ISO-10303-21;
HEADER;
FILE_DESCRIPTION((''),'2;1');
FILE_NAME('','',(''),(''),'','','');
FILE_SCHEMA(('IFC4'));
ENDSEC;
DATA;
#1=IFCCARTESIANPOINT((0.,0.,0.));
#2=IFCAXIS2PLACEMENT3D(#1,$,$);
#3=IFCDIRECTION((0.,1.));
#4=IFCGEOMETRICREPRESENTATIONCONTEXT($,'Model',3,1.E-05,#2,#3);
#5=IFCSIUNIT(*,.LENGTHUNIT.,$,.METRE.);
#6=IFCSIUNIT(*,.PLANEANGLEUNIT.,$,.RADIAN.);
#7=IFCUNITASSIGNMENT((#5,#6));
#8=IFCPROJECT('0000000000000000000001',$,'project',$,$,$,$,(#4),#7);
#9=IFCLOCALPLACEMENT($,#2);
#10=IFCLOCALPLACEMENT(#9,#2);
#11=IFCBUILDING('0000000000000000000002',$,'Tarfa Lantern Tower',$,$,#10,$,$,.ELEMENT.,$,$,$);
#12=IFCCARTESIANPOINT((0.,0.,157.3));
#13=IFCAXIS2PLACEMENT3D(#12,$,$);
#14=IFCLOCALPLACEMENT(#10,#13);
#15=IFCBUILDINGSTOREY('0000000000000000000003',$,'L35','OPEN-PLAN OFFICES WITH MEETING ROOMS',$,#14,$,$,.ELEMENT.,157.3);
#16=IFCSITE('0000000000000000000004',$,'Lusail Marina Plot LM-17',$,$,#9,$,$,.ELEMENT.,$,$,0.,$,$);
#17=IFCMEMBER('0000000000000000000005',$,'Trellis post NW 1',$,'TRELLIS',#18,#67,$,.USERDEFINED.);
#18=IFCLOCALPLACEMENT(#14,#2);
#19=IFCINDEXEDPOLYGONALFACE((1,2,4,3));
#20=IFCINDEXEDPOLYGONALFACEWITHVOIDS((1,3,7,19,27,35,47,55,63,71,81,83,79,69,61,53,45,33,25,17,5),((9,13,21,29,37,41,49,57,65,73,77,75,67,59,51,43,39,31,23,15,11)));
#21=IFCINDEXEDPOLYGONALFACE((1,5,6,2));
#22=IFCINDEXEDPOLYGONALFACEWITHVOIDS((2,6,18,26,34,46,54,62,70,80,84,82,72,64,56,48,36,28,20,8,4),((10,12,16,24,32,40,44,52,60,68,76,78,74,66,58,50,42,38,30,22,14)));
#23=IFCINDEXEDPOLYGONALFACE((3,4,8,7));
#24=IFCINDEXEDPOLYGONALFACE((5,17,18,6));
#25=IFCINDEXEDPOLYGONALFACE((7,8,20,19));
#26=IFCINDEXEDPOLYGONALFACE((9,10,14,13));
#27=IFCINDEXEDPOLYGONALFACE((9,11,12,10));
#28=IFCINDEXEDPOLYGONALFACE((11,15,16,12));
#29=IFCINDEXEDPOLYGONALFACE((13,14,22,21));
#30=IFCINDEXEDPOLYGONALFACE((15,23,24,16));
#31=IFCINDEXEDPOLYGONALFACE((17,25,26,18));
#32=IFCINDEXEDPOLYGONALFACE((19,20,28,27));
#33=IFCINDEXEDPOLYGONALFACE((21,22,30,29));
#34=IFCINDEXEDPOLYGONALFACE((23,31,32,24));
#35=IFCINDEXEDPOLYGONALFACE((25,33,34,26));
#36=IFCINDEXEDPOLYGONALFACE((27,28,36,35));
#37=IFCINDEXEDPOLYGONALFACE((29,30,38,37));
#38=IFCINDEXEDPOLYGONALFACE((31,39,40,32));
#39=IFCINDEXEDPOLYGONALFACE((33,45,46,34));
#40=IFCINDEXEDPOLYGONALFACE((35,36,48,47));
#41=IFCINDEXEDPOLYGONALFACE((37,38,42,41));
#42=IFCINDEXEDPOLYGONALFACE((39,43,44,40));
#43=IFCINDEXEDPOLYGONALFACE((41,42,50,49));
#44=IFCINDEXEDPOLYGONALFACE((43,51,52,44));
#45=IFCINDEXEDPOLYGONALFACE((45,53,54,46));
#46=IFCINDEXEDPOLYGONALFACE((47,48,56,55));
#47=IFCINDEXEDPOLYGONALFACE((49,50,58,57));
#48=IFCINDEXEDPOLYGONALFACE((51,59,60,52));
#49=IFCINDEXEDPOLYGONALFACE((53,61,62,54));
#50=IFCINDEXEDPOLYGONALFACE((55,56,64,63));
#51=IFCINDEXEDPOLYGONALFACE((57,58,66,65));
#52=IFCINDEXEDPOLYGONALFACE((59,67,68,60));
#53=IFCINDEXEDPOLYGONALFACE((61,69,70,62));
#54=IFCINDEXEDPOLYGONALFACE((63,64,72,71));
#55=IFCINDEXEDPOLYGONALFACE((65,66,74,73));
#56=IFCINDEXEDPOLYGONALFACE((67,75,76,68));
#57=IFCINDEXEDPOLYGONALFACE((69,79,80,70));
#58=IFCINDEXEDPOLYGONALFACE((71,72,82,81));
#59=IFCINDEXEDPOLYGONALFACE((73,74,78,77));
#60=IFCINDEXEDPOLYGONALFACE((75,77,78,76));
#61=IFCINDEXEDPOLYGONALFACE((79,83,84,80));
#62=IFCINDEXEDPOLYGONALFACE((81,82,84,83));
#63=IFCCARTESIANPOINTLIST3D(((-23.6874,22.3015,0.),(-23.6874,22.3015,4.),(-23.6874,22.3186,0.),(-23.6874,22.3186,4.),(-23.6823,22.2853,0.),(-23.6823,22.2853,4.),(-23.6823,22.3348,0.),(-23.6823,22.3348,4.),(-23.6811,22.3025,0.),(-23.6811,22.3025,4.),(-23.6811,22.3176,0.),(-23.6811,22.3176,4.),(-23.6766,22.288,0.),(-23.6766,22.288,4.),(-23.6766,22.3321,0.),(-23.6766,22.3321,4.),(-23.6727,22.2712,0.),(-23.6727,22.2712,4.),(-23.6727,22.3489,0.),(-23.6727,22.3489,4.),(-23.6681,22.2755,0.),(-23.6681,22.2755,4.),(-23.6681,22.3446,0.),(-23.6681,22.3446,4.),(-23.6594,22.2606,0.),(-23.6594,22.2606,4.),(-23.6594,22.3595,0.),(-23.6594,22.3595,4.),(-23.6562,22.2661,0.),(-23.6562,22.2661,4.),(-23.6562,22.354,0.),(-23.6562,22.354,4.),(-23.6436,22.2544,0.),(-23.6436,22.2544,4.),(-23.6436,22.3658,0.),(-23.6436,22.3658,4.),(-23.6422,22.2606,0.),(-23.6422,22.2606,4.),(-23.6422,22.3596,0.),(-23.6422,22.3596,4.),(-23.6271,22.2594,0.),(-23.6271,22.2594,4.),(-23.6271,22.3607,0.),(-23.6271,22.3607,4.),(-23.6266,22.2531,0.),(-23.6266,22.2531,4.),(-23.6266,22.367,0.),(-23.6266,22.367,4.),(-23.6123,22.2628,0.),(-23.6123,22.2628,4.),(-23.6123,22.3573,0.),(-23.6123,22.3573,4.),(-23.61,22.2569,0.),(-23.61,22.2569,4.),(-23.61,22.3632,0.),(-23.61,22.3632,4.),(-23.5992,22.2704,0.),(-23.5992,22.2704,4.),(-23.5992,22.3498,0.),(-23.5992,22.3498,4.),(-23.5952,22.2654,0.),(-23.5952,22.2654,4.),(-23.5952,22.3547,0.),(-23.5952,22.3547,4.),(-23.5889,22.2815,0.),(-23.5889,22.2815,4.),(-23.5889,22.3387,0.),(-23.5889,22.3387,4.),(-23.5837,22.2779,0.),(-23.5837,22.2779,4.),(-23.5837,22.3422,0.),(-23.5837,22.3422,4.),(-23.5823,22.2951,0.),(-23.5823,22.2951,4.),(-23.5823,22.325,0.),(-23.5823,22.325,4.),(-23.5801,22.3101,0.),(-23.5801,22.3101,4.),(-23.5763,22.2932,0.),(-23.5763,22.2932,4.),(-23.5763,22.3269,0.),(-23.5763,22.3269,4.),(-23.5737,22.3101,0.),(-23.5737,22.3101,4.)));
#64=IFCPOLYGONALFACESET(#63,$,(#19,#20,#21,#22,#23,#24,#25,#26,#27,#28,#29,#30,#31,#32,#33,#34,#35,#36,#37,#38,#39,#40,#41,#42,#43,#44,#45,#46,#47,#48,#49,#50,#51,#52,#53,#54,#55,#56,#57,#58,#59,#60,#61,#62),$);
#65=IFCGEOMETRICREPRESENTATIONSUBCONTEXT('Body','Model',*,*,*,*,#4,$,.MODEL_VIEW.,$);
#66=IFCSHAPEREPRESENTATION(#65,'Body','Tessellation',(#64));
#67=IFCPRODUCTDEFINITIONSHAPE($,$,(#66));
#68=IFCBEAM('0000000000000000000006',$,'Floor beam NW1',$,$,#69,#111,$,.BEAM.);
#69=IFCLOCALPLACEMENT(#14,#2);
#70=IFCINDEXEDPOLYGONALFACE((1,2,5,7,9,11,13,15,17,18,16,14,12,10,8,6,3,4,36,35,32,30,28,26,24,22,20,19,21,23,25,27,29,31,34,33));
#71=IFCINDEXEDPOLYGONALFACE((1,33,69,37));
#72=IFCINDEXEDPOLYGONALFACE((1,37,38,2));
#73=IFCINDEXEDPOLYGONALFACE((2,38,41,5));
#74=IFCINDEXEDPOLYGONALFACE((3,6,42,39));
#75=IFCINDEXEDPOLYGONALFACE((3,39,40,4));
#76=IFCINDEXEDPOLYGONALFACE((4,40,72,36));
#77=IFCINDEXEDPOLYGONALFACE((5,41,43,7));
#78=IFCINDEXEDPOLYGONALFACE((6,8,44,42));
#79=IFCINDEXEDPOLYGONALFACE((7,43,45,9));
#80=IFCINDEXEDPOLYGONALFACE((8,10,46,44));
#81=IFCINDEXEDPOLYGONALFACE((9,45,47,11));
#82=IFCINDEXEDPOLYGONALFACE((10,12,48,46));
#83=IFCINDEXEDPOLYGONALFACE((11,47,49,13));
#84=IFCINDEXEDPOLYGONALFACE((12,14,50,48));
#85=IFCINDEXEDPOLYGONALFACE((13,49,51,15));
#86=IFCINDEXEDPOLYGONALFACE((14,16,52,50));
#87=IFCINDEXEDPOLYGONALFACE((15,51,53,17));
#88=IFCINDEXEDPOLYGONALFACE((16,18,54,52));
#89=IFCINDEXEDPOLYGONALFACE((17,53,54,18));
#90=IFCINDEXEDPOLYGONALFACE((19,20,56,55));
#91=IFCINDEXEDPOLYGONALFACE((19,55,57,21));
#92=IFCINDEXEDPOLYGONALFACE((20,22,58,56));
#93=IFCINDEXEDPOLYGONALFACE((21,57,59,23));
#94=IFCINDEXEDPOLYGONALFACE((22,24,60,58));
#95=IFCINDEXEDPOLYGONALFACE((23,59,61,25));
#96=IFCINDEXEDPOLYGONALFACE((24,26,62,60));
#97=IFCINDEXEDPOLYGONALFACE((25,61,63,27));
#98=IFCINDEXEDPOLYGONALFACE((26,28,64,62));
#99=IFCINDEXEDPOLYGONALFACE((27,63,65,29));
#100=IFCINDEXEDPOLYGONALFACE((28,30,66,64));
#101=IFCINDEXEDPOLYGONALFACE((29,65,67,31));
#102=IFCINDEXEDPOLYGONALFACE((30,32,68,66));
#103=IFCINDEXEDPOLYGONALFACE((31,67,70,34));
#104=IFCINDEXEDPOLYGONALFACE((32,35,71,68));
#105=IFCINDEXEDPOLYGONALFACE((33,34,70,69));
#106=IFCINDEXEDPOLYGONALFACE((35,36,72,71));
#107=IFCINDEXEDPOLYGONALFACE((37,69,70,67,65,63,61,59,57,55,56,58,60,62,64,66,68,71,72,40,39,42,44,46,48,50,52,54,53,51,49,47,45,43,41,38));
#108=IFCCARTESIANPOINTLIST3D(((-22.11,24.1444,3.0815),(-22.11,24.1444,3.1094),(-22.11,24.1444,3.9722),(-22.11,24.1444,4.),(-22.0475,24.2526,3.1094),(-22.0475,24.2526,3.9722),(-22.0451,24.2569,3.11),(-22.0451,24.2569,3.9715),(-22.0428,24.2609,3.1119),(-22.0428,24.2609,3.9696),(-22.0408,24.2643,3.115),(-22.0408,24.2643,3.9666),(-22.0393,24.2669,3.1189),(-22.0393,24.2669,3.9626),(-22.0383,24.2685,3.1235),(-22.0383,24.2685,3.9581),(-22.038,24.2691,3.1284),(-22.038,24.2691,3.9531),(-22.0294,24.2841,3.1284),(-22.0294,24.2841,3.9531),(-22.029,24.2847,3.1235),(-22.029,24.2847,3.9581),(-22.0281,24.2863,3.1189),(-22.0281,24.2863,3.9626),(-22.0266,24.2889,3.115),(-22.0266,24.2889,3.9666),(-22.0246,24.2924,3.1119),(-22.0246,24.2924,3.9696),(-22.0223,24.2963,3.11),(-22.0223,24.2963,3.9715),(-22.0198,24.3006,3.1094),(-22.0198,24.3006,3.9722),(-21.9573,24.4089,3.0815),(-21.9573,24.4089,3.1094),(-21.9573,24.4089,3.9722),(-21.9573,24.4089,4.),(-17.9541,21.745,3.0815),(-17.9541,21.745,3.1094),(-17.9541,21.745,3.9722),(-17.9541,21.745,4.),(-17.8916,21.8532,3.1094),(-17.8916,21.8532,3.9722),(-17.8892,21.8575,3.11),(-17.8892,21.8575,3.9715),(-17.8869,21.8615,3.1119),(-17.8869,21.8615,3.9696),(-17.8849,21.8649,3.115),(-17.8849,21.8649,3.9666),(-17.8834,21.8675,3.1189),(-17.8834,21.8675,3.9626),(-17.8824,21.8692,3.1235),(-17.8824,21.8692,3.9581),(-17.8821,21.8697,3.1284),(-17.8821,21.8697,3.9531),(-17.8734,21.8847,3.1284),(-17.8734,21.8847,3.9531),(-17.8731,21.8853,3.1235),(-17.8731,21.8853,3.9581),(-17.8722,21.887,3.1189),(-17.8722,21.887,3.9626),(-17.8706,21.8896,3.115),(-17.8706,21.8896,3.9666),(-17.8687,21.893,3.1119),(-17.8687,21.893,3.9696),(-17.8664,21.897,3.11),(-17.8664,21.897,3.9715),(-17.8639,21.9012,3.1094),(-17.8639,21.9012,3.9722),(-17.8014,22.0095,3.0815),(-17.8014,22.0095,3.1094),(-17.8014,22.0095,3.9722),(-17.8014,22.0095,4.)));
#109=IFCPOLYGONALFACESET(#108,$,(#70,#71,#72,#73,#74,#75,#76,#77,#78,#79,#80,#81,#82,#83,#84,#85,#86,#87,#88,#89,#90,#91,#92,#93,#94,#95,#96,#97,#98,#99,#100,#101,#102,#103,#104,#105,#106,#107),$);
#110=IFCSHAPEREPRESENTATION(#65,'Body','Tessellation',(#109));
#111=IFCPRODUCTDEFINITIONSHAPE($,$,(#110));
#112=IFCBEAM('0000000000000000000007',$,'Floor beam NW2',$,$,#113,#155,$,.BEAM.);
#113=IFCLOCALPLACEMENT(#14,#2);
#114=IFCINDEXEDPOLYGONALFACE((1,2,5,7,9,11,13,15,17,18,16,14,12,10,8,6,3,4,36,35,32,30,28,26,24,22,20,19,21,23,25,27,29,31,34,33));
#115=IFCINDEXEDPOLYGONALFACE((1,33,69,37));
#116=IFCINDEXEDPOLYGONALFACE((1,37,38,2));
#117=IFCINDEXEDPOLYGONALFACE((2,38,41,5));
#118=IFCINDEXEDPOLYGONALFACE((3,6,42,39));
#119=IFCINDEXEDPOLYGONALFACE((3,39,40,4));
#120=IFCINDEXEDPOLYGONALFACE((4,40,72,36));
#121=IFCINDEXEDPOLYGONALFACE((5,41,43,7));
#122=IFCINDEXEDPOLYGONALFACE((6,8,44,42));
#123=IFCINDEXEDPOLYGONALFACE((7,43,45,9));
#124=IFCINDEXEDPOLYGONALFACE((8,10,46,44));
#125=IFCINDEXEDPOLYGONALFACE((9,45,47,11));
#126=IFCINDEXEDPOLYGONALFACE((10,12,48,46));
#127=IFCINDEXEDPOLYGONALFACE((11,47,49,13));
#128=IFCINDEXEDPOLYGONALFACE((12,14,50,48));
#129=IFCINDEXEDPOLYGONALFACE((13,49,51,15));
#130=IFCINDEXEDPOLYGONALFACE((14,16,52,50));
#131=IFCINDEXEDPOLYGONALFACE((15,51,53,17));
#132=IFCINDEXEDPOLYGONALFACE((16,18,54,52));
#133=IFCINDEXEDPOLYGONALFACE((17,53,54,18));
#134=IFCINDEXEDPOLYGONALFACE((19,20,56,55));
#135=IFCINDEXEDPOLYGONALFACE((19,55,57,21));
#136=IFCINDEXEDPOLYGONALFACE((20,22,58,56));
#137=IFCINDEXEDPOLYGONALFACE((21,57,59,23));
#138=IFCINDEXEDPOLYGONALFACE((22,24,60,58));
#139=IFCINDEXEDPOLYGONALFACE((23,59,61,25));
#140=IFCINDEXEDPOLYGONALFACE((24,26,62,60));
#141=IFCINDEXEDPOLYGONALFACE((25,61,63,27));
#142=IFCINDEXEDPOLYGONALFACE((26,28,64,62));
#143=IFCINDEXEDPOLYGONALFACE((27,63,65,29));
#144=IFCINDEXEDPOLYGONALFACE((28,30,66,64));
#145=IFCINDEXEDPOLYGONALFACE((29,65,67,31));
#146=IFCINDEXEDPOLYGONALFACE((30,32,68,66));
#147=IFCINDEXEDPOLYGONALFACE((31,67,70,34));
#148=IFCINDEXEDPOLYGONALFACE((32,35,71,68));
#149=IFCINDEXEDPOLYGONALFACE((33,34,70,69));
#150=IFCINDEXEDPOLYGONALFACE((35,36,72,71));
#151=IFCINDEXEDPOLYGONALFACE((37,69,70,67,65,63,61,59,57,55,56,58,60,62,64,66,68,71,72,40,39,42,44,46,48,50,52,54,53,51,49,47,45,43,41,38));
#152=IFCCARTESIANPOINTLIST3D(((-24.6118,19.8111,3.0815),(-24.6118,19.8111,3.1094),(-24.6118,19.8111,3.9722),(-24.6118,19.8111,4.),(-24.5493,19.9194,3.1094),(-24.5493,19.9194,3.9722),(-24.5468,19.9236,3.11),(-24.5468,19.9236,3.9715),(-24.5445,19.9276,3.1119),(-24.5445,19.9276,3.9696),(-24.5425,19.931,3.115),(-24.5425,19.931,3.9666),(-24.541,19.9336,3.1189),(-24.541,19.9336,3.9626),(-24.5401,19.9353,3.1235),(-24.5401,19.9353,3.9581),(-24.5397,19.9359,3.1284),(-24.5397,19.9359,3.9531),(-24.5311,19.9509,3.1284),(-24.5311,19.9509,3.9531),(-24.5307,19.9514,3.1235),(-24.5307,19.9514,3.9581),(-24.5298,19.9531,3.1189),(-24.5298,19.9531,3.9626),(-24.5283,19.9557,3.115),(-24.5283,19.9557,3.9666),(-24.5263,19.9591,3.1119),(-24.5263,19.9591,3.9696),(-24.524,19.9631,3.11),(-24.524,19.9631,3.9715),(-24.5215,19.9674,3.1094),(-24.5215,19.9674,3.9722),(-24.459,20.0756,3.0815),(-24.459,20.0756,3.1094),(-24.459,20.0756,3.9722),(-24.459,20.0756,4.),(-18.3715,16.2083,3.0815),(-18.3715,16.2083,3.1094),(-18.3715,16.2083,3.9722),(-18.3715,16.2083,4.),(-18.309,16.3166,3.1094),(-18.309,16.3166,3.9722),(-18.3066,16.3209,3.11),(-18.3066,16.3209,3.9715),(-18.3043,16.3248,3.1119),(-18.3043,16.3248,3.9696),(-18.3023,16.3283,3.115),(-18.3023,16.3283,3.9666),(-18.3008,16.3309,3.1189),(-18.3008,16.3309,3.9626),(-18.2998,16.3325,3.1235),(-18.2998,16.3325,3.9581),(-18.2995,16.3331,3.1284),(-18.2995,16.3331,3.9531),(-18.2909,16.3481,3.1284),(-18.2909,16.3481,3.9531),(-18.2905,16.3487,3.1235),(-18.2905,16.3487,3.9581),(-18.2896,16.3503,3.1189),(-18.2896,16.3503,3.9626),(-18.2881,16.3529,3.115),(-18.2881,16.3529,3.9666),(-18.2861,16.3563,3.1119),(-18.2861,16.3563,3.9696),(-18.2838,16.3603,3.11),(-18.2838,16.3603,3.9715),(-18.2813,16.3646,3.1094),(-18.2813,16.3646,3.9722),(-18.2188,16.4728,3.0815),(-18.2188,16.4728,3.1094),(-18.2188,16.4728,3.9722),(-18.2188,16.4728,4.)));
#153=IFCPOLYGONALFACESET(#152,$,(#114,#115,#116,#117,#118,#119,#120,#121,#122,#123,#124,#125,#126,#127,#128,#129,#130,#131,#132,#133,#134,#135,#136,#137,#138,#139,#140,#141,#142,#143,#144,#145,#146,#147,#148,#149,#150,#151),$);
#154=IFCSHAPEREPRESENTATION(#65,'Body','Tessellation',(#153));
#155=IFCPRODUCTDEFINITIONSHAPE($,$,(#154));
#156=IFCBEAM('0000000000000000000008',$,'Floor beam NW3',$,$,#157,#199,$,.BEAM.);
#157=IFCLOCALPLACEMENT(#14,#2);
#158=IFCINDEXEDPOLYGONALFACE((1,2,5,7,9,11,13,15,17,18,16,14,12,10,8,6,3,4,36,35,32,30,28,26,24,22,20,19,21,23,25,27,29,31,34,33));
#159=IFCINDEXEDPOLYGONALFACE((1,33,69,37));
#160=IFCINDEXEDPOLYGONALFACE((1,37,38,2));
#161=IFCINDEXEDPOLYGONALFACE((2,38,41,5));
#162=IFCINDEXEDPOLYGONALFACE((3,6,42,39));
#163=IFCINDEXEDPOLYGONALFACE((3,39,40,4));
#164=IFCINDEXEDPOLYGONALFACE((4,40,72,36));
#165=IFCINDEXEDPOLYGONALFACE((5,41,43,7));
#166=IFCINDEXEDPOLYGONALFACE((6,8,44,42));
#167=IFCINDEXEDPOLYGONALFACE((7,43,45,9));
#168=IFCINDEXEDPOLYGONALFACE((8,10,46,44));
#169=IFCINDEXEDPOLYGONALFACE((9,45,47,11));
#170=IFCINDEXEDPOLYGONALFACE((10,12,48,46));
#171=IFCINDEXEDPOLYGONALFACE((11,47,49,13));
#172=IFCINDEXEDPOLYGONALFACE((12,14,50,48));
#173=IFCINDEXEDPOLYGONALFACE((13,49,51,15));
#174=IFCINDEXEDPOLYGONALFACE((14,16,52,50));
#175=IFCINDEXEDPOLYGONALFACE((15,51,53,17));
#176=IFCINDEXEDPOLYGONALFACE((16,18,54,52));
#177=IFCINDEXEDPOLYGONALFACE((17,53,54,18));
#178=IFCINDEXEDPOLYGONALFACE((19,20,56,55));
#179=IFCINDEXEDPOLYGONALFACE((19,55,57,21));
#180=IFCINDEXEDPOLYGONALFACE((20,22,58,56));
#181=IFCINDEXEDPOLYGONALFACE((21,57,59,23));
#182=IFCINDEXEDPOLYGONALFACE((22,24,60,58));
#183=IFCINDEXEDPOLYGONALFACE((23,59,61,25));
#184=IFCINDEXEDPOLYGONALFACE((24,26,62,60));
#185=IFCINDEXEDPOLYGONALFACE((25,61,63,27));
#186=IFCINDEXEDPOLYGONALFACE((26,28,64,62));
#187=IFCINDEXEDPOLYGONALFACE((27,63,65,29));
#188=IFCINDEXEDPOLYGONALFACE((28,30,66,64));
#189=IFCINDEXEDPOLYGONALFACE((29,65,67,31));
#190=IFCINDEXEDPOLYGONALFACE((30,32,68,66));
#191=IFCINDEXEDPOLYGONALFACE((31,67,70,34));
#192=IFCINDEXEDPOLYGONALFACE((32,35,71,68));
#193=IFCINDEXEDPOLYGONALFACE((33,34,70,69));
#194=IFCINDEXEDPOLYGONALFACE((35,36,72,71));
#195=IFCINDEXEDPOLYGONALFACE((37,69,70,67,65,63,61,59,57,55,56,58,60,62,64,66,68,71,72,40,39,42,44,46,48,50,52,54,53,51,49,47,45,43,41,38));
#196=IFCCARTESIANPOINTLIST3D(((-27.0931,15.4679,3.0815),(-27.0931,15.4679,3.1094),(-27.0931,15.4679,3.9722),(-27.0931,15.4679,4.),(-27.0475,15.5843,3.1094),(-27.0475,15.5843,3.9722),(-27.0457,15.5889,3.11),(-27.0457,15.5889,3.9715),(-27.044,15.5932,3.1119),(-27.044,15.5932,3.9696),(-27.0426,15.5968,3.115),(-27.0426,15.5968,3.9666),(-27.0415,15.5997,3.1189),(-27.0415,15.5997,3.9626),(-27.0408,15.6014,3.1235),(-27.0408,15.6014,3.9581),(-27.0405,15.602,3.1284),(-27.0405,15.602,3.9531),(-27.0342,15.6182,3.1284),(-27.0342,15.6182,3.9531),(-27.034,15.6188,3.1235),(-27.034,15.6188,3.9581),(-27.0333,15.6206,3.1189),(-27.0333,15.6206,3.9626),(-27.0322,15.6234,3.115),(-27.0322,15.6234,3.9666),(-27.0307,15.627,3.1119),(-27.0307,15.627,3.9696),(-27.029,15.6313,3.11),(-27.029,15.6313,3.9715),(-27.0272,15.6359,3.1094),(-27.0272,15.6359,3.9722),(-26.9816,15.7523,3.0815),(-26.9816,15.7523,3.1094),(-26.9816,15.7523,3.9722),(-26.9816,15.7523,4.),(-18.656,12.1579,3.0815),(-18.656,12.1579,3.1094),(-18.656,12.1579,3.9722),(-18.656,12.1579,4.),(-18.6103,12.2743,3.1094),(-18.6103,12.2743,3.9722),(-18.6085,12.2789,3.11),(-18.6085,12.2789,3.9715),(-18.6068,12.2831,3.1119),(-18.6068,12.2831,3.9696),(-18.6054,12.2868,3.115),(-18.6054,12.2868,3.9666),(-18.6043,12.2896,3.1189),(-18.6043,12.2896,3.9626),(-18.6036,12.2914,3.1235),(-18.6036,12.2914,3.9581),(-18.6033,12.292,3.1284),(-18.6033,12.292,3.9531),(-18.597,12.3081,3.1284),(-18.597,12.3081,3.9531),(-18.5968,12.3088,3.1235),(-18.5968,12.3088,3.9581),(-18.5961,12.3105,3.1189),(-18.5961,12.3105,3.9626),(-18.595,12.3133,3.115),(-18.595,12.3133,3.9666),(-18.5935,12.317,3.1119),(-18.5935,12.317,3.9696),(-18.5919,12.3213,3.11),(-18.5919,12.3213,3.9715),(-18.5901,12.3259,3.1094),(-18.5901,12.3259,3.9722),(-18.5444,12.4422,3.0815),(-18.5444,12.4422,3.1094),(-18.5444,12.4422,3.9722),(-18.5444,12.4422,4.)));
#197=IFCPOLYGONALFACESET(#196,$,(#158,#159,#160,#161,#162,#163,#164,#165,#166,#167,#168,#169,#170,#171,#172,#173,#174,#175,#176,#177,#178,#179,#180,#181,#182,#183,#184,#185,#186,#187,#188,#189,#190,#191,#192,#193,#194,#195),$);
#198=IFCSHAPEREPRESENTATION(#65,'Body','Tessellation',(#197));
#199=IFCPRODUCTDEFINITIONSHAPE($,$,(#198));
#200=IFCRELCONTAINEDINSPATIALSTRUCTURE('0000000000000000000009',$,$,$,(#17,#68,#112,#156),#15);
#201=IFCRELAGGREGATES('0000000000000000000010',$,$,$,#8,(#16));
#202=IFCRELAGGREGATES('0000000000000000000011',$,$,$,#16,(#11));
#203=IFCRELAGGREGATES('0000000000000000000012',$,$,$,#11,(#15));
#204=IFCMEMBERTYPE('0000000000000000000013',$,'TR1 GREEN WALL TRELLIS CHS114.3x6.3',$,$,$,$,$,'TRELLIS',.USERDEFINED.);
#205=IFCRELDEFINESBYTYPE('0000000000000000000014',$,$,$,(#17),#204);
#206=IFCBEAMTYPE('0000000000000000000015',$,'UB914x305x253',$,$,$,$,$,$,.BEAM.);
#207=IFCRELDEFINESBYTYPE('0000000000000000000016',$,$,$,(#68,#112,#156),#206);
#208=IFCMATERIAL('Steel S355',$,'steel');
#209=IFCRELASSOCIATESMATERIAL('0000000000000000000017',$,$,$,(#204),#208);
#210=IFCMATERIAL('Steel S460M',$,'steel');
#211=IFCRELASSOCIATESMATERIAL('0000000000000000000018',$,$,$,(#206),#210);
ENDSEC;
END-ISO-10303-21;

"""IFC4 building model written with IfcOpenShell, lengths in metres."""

from ifc_helpers import new_model, si_unit, direction, frame, origin, origin_2d, place, context, subcontext, project, spatial, hollow_circle, i_section, extrude, material, material_profile, profile_set, type_object, element, save


model = new_model("IFC4")

# Units and contexts
model_context = context("Model", 3, precision=1e-05, world=origin(), true_north=direction((0.0, 1.0)))
body_context = subcontext(model_context, "Body", "Model", "MODEL_VIEW")
ifc_project = project(units=[si_unit("LENGTHUNIT", "METRE"), si_unit("PLANEANGLEUNIT", "RADIAN")], contexts=[model_context])

# Site, building, storey
site_placement = place(None, origin())
site = spatial("IfcSite", under=ifc_project, at=site_placement, Name="Lusail Marina Plot LM-17", CompositionType="ELEMENT", RefElevation=0.0)
building_placement = place(site_placement, origin())
building = spatial("IfcBuilding", under=site, at=building_placement, Name="Tarfa Lantern Tower", CompositionType="ELEMENT")
storey_placement = place(building_placement, frame((0.0, 0.0, 157.3)))
storey = spatial("IfcBuildingStorey", under=building, at=storey_placement, Name="L35", Description="OPEN-PLAN OFFICES WITH MEETING ROOMS", CompositionType="ELEMENT", Elevation=157.3)

# Member
ifc_material_1 = material(Name="Steel S355", Category="steel")
ifc_material_profile_1 = material_profile(ifc_material_1, hollow_circle(Radius=0.0571, WallThickness=0.0063, at=origin_2d()), Name="CHS114.3x6.3")
ifc_profile_set_1 = profile_set([ifc_material_profile_1], Name="Steel S355")
member_type_1 = type_object("IfcMemberType", Name="TR1 GREEN WALL TRELLIS CHS114.3x6.3", ElementType="TRELLIS", PredefinedType="USERDEFINED", material=ifc_profile_set_1)
member_1_placement = place(storey_placement, frame((-23.6309, 22.3101, 0.0), z_axis=(0.0, 0.0, 1.0), x_axis=(1.0, 0.0, 0.0)))
element("IfcMember", 1, at=member_1_placement, inside=storey, type_object=member_type_1, Name="Trellis post NW 1", ObjectType="TRELLIS", PredefinedType="USERDEFINED", context=body_context, shape_type="SweptSolid", body=[
    extrude(hollow_circle(Radius=0.0571, WallThickness=0.0063, at=origin_2d()), origin(), (0.0, 0.0, 1.0), 4.0),
])

# Beams
ifc_material_2 = material(Name="Steel S460M", Category="steel")
ifc_material_profile_2 = material_profile(ifc_material_2, i_section(OverallWidth=0.3054, OverallDepth=0.9185, WebThickness=0.0173, FlangeThickness=0.0278, FilletRadius=0.019, at=origin_2d()), Name="UB914x305x253")
ifc_profile_set_2 = profile_set([ifc_material_profile_2], Name="Steel S460M")
beam_type_1 = type_object("IfcBeamType", Name="UB914x305x253", PredefinedType="BEAM", material=ifc_profile_set_2)
beam_1_placement = place(storey_placement, frame((-22.0337, 24.2766, 3.5408), z_axis=(0.866031, -0.499991, 0.0), x_axis=(0.499991, 0.866031, 0.0)))
element("IfcBeam", 2, at=beam_1_placement, inside=storey, type_object=beam_type_1, Name="Floor beam NW1", PredefinedType="BEAM", context=body_context, shape_type="SweptSolid", body=[
    extrude(i_section(OverallWidth=0.3054, OverallDepth=0.9185, WebThickness=0.0173, FlangeThickness=0.0278, FilletRadius=0.019, at=origin_2d()), origin(), (0.0, 0.0, 1.0), 4.7988),
])
beam_2_placement = place(storey_placement, frame((-24.5354, 19.9434, 3.5408), z_axis=(0.866026, -0.499998, 0.0), x_axis=(0.499998, 0.866026, 0.0)))
element("IfcBeam", 3, at=beam_2_placement, inside=storey, type_object=beam_type_1, Name="Floor beam NW2", PredefinedType="BEAM", context=body_context, shape_type="SweptSolid", body=[
    extrude(i_section(OverallWidth=0.3054, OverallDepth=0.9185, WebThickness=0.0173, FlangeThickness=0.0278, FilletRadius=0.019, at=origin_2d()), origin(), (0.0, 0.0, 1.0), 7.2056),
])
beam_3_placement = place(storey_placement, frame((-27.0374, 15.6101, 3.5408), z_axis=(0.930923, -0.365215, 0.0), x_axis=(0.365215, 0.930923, 0.0)))
element("IfcBeam", 4, at=beam_3_placement, inside=storey, type_object=beam_type_1, Name="Floor beam NW3", PredefinedType="BEAM", context=body_context, shape_type="SweptSolid", body=[
    extrude(i_section(OverallWidth=0.3054, OverallDepth=0.9185, WebThickness=0.0173, FlangeThickness=0.0278, FilletRadius=0.019, at=origin_2d()), origin(), (0.0, 0.0, 1.0), 9.0632),
])

save(model, "model.ifc")
